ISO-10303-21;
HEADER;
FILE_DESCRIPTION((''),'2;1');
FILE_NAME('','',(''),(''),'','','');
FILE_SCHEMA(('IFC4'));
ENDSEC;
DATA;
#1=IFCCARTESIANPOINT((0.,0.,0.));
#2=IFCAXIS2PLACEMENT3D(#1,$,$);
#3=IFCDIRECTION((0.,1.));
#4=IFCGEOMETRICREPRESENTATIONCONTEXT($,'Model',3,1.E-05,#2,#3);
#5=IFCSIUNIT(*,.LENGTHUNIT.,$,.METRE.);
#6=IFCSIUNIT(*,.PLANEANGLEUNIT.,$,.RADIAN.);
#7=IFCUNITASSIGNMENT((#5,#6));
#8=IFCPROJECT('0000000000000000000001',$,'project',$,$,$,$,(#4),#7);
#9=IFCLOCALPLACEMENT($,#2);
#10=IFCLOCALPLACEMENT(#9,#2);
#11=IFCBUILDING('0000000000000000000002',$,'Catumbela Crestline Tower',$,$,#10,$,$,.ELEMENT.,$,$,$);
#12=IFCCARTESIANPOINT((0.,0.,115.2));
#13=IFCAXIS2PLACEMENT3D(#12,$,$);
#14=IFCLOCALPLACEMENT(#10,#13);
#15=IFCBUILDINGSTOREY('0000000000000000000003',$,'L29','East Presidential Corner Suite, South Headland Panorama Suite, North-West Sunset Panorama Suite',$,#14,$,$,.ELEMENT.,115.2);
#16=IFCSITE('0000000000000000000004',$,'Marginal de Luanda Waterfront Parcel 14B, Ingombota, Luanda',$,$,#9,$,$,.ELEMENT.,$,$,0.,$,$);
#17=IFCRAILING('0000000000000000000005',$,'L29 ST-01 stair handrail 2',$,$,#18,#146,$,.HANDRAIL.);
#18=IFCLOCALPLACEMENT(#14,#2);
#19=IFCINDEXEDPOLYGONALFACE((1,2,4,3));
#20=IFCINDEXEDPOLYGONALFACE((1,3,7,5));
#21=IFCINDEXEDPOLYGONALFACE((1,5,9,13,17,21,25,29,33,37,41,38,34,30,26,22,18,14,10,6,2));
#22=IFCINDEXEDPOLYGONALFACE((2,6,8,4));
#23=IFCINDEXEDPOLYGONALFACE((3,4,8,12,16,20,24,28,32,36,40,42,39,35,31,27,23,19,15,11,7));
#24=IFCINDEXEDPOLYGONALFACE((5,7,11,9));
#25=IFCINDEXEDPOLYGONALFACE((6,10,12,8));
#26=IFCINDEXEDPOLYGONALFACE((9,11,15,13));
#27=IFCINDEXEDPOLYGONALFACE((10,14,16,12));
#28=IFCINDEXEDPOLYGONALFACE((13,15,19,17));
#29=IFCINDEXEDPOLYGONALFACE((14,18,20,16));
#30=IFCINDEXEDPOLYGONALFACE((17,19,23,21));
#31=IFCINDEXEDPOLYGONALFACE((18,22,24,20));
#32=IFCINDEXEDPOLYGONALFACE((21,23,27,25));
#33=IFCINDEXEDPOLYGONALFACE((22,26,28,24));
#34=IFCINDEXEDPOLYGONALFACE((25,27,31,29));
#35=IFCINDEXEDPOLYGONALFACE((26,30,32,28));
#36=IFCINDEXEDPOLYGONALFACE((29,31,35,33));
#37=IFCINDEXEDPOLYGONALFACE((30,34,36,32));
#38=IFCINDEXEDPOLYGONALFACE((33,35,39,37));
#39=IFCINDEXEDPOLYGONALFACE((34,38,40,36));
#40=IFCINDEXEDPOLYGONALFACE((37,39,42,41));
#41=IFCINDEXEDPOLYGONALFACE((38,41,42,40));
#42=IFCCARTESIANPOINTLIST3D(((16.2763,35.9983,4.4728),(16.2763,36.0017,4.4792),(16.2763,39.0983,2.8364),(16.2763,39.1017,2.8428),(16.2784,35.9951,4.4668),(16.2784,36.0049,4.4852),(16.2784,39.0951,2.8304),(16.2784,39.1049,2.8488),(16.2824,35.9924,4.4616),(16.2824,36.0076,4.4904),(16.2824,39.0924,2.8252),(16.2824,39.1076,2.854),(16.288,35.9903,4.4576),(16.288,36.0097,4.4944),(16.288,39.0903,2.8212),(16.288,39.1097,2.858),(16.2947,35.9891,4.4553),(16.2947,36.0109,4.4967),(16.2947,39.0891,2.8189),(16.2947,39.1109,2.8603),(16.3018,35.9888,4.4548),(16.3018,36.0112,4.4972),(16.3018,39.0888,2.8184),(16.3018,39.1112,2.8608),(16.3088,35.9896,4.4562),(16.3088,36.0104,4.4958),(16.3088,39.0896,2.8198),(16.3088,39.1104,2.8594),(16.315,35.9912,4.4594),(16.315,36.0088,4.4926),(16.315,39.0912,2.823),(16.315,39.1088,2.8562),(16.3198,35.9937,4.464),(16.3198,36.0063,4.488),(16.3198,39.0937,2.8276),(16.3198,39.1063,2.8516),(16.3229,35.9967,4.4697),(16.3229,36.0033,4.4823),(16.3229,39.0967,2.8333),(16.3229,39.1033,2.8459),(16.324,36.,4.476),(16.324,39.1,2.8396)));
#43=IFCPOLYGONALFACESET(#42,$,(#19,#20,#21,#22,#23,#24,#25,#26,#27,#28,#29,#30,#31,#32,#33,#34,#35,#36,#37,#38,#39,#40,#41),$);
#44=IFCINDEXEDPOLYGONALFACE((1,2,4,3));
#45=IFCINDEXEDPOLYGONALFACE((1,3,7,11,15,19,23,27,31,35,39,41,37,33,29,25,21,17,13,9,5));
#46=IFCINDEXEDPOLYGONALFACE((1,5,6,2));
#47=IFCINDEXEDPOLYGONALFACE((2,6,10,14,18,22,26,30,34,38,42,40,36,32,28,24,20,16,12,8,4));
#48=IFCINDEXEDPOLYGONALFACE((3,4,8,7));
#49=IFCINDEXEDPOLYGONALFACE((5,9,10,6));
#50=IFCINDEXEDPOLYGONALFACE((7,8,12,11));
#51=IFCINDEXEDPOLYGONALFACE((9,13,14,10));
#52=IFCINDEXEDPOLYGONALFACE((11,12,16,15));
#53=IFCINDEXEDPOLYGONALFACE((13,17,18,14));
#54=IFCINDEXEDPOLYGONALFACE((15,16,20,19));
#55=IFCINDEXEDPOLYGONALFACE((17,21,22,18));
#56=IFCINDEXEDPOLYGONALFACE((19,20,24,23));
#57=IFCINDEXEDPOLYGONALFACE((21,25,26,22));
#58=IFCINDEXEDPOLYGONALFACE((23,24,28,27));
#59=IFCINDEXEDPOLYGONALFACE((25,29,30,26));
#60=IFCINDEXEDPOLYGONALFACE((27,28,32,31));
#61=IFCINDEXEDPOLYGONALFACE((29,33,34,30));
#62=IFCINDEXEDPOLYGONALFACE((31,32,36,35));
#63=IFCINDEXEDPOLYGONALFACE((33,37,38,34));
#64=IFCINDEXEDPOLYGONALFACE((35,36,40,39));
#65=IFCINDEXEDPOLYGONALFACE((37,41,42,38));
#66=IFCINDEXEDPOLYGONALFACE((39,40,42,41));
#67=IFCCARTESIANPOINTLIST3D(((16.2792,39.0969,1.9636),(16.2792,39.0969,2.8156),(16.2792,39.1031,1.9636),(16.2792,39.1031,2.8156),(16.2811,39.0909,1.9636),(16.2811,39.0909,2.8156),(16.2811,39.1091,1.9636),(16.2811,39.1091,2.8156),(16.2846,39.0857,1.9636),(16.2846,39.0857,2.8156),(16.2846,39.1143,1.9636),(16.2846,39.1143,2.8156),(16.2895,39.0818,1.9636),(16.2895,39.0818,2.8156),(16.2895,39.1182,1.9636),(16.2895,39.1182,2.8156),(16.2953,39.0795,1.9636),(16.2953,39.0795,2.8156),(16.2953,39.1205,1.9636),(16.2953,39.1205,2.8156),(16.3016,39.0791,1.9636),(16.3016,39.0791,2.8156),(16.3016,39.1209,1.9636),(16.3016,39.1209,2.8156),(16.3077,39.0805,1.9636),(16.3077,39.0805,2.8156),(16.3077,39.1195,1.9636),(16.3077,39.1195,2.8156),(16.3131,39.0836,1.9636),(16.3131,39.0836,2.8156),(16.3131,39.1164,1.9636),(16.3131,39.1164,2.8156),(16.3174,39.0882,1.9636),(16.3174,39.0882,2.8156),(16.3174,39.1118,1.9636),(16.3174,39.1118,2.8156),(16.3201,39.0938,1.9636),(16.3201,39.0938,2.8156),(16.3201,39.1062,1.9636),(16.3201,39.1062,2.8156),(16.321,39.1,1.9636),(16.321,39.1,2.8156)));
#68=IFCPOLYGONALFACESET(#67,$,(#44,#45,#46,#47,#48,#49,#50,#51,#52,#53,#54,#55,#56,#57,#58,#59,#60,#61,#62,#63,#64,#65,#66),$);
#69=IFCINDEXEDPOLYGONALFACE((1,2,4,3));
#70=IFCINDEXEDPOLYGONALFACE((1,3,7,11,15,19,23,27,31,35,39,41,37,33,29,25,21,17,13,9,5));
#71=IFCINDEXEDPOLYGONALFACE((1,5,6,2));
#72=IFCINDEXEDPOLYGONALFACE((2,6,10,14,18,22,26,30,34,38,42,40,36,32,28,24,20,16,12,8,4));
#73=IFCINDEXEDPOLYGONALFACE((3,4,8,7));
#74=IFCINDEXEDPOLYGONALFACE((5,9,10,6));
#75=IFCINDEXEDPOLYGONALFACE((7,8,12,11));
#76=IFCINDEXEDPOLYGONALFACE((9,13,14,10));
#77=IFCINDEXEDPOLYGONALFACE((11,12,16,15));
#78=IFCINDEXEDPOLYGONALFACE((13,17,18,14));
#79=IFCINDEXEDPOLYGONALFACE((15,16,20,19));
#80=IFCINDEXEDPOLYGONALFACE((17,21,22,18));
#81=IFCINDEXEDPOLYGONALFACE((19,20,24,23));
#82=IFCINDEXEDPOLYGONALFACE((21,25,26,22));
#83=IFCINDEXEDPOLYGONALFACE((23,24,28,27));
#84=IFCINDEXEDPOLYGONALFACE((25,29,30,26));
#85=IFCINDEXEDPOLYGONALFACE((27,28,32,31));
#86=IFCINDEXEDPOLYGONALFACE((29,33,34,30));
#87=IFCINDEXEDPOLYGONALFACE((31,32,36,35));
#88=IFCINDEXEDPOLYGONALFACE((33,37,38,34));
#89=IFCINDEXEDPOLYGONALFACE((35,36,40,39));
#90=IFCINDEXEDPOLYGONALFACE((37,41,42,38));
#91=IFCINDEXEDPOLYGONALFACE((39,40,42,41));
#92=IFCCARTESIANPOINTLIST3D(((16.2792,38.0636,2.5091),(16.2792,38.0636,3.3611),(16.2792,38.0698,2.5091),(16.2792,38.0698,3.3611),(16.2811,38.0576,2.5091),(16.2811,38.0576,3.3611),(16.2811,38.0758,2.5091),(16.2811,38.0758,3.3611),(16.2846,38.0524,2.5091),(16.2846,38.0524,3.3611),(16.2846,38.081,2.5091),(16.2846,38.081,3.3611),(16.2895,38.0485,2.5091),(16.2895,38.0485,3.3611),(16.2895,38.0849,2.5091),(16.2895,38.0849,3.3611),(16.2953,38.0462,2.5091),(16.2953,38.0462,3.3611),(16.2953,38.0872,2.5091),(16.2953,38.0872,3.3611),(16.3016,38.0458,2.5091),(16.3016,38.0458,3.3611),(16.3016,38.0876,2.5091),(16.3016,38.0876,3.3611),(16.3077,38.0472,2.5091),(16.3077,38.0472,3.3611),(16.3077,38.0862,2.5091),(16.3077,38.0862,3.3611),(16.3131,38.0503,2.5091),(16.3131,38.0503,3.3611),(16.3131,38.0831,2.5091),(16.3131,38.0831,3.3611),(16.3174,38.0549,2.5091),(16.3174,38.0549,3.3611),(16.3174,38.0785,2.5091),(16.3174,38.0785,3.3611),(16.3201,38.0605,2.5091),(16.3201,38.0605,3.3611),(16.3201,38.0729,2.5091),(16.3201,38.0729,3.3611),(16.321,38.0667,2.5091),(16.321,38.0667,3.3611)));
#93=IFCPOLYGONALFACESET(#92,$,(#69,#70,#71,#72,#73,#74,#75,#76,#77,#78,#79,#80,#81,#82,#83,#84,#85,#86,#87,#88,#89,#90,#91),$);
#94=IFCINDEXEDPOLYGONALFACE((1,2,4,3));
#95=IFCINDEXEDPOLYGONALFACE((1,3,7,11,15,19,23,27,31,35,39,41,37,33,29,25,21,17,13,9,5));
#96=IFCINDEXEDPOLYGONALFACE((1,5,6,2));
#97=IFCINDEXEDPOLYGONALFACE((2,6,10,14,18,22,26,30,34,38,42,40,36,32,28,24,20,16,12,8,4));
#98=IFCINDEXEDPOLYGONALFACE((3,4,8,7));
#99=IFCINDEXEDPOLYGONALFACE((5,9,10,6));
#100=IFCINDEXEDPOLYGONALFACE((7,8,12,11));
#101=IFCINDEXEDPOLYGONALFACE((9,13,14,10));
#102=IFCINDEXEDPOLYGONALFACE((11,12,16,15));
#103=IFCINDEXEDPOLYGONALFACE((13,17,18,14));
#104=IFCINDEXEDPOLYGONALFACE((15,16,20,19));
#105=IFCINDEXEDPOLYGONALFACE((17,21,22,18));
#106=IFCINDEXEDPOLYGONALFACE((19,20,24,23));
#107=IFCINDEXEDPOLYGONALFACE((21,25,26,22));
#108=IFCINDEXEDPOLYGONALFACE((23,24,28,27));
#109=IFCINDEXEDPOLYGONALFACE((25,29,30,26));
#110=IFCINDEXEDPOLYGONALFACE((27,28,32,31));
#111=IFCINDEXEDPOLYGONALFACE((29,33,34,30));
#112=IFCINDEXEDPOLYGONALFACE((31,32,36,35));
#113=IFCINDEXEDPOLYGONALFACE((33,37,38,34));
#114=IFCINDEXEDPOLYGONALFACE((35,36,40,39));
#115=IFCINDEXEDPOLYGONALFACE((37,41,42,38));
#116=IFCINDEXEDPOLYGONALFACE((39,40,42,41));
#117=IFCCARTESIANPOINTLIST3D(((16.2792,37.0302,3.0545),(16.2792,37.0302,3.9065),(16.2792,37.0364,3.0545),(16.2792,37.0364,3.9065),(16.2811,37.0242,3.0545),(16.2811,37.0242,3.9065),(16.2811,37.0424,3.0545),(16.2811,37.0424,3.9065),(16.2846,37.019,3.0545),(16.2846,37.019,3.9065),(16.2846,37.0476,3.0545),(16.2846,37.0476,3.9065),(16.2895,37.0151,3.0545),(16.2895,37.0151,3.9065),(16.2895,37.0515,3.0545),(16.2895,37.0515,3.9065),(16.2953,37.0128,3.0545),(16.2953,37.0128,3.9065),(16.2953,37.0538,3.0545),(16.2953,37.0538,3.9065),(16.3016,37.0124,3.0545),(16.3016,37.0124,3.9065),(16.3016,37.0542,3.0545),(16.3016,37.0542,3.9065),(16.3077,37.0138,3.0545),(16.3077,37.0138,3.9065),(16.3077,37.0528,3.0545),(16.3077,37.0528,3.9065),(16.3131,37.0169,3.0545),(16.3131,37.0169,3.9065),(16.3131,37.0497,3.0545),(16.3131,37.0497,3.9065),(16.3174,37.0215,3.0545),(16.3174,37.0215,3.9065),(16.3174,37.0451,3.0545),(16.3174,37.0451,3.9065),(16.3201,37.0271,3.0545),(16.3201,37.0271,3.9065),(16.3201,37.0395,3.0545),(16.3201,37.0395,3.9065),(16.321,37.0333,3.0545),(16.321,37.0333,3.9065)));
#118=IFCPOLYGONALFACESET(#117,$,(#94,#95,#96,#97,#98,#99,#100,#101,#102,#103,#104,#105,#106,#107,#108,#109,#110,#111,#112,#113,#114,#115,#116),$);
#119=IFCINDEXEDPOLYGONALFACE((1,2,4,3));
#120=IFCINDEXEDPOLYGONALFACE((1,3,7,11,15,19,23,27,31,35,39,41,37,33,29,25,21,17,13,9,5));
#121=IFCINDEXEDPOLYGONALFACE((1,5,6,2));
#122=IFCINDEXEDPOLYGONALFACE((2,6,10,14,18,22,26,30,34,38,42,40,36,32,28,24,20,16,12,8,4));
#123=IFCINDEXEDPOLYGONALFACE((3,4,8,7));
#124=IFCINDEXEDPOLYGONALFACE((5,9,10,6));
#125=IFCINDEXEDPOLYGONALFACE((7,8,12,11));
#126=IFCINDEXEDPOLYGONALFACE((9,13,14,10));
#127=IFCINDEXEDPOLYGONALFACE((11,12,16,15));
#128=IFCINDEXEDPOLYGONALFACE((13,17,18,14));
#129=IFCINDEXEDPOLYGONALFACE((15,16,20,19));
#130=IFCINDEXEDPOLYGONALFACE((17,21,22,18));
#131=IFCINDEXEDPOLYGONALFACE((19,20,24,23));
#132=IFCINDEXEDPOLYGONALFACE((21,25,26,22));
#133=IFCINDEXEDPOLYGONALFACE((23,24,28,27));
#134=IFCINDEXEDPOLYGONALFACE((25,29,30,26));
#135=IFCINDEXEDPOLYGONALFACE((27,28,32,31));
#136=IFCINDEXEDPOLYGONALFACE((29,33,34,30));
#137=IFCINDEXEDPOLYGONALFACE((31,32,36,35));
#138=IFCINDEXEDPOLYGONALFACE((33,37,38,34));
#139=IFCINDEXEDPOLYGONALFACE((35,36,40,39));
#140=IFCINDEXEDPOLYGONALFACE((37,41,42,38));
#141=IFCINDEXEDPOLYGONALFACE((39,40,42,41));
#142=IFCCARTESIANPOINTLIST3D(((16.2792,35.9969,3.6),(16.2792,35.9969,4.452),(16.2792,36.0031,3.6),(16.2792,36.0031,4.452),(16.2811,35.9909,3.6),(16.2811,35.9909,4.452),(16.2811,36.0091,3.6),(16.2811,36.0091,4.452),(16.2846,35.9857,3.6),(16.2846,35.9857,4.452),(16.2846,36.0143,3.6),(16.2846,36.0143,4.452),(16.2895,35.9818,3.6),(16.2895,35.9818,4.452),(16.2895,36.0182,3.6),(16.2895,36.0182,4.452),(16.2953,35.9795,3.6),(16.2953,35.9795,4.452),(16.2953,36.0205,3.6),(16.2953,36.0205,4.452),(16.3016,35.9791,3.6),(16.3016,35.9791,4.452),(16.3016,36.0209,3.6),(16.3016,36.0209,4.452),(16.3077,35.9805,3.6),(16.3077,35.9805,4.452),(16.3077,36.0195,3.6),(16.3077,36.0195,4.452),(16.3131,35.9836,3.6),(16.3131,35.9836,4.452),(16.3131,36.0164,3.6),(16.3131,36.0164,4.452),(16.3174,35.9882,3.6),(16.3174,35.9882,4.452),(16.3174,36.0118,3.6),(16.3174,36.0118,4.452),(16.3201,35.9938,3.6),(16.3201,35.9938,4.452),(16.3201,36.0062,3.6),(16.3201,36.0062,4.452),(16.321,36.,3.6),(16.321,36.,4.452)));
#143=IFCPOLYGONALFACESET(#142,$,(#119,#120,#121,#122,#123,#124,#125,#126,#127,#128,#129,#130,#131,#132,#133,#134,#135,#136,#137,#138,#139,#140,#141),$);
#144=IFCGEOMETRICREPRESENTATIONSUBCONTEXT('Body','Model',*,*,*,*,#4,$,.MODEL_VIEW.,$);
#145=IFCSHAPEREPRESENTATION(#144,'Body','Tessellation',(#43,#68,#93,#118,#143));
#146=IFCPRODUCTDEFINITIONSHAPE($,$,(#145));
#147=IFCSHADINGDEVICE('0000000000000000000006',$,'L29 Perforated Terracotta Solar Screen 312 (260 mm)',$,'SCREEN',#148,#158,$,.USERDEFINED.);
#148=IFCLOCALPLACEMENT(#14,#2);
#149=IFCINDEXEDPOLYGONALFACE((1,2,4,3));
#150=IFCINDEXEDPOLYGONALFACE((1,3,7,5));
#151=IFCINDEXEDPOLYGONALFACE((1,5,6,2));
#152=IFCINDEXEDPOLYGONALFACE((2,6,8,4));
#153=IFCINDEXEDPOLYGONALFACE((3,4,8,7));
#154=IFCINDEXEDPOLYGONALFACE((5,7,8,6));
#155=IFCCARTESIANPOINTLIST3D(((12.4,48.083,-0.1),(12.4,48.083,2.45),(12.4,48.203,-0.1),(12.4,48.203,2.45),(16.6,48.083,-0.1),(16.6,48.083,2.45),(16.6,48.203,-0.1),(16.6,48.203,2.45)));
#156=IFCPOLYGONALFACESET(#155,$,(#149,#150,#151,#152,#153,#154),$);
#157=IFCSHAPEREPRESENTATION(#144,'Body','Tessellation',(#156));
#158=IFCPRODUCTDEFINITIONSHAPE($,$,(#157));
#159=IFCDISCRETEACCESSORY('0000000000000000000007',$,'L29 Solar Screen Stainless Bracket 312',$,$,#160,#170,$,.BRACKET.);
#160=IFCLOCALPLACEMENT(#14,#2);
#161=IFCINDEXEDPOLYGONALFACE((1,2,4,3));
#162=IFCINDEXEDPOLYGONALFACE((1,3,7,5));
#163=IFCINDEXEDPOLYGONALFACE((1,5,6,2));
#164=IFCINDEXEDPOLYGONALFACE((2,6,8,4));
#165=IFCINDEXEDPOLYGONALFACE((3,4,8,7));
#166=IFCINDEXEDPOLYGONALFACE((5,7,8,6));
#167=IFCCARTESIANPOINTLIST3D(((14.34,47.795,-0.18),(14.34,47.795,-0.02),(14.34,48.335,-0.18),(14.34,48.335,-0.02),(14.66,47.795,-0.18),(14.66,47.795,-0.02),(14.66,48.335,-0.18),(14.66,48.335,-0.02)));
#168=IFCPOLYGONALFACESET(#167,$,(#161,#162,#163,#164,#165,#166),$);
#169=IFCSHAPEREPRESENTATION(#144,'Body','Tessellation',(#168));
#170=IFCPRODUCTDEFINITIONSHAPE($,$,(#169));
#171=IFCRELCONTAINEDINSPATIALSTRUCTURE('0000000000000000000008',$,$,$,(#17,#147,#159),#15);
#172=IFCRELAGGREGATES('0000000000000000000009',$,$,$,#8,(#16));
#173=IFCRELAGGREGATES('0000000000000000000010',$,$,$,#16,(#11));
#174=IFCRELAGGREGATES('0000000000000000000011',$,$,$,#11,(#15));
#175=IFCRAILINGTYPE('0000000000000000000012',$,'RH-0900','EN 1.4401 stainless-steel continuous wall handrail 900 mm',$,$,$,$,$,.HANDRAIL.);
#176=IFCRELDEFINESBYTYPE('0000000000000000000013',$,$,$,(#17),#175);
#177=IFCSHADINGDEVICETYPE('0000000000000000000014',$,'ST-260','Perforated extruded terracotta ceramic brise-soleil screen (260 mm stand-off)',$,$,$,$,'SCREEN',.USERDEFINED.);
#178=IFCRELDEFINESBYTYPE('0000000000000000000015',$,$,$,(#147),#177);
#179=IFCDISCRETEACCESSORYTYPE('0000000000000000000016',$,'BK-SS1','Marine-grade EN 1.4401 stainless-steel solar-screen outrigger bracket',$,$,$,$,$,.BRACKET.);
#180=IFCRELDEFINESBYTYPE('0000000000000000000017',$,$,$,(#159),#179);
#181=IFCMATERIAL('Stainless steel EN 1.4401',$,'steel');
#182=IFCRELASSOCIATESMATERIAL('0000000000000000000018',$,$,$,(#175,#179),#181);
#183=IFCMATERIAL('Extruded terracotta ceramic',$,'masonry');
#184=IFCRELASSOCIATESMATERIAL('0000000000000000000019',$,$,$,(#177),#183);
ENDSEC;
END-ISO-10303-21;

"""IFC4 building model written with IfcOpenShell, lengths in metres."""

from ifc_helpers import new_model, si_unit, direction, frame, origin, origin_2d, place, context, subcontext, project, spatial, rectangle, circle, extrude, material, type_object, element, save


model = new_model("IFC4")

# Units and contexts
model_context = context("Model", 3, precision=1e-05, world=origin(), true_north=direction((0.0, 1.0)))
body_context = subcontext(model_context, "Body", "Model", "MODEL_VIEW")
ifc_project = project(units=[si_unit("LENGTHUNIT", "METRE"), si_unit("PLANEANGLEUNIT", "RADIAN")], contexts=[model_context])

# Site, building, storey
site_placement = place(None, origin())
site = spatial("IfcSite", under=ifc_project, at=site_placement, Name="Marginal de Luanda Waterfront Parcel 14B, Ingombota, Luanda", CompositionType="ELEMENT", RefElevation=0.0)
building_placement = place(site_placement, origin())
building = spatial("IfcBuilding", under=site, at=building_placement, Name="Catumbela Crestline Tower", CompositionType="ELEMENT")
storey_placement = place(building_placement, frame((0.0, 0.0, 115.2)))
storey = spatial("IfcBuildingStorey", under=building, at=storey_placement, Name="L29", Description="East Presidential Corner Suite, South Headland Panorama Suite, North-West Sunset Panorama Suite", CompositionType="ELEMENT", Elevation=115.2)

# Railing
ifc_material_1 = material(Name="Stainless steel EN 1.4401", Category="steel")
railing_type_1 = type_object("IfcRailingType", Name="RH-0900", Description="EN 1.4401 stainless-steel continuous wall handrail 900 mm", PredefinedType="HANDRAIL", material=ifc_material_1)
railing_1_placement = place(storey_placement, frame((16.3, 39.1, 1.9636)))
element("IfcRailing", 1, at=railing_1_placement, inside=storey, type_object=railing_type_1, Name="L29 ST-01 stair handrail 2", PredefinedType="HANDRAIL", context=body_context, shape_type="SweptSolid", body=[
    extrude(circle(Radius=0.024, at=origin_2d()), frame((0.0, 0.0, 0.876), z_axis=(0.0, -0.884351, 0.466823), x_axis=(1.0, 0.0, 0.0)), (0.0, 0.0, 1.0), 3.5054),
    extrude(circle(Radius=0.021, at=origin_2d()), origin(), (0.0, 0.0, 1.0), 0.852),
    extrude(circle(Radius=0.021, at=origin_2d()), frame((0.0, -1.0333, 0.5455)), (0.0, 0.0, 1.0), 0.852),
    extrude(circle(Radius=0.021, at=origin_2d()), frame((0.0, -2.0667, 1.0909)), (0.0, 0.0, 1.0), 0.852),
    extrude(circle(Radius=0.021, at=origin_2d()), frame((0.0, -3.1, 1.6364)), (0.0, 0.0, 1.0), 0.852),
])

# Shading device
ifc_material_2 = material(Name="Extruded terracotta ceramic", Category="masonry")
shading_device_type = type_object("IfcShadingDeviceType", Name="ST-260", Description="Perforated extruded terracotta ceramic brise-soleil screen (260 mm stand-off)", ElementType="SCREEN", PredefinedType="USERDEFINED", material=ifc_material_2)
shading_device_placement = place(storey_placement, frame((14.5, 48.143, -0.1), z_axis=(0.0, 0.0, 1.0), x_axis=(-1.0, 0.0, 0.0)))
element("IfcShadingDevice", 2, at=shading_device_placement, inside=storey, type_object=shading_device_type, Name="L29 Perforated Terracotta Solar Screen 312 (260 mm)", ObjectType="SCREEN", PredefinedType="USERDEFINED", context=body_context, shape_type="SweptSolid", body=[
    extrude(rectangle(XDim=4.2, YDim=0.12, at=origin_2d()), origin(), (0.0, 0.0, 1.0), 2.55),
])

# Discrete accessory
discrete_accessory_type = type_object("IfcDiscreteAccessoryType", Name="BK-SS1", Description="Marine-grade EN 1.4401 stainless-steel solar-screen outrigger bracket", PredefinedType="BRACKET", material=ifc_material_1)
discrete_accessory_placement = place(storey_placement, frame((14.5, 48.065, -0.18), z_axis=(0.0, 0.0, 1.0), x_axis=(-1.0, 0.0, 0.0)))
element("IfcDiscreteAccessory", 3, at=discrete_accessory_placement, inside=storey, type_object=discrete_accessory_type, Name="L29 Solar Screen Stainless Bracket 312", PredefinedType="BRACKET", context=body_context, shape_type="SweptSolid", body=[
    extrude(rectangle(XDim=0.32, YDim=0.54, at=origin_2d()), origin(), (0.0, 0.0, 1.0), 0.16),
])

save(model, "model.ifc")
